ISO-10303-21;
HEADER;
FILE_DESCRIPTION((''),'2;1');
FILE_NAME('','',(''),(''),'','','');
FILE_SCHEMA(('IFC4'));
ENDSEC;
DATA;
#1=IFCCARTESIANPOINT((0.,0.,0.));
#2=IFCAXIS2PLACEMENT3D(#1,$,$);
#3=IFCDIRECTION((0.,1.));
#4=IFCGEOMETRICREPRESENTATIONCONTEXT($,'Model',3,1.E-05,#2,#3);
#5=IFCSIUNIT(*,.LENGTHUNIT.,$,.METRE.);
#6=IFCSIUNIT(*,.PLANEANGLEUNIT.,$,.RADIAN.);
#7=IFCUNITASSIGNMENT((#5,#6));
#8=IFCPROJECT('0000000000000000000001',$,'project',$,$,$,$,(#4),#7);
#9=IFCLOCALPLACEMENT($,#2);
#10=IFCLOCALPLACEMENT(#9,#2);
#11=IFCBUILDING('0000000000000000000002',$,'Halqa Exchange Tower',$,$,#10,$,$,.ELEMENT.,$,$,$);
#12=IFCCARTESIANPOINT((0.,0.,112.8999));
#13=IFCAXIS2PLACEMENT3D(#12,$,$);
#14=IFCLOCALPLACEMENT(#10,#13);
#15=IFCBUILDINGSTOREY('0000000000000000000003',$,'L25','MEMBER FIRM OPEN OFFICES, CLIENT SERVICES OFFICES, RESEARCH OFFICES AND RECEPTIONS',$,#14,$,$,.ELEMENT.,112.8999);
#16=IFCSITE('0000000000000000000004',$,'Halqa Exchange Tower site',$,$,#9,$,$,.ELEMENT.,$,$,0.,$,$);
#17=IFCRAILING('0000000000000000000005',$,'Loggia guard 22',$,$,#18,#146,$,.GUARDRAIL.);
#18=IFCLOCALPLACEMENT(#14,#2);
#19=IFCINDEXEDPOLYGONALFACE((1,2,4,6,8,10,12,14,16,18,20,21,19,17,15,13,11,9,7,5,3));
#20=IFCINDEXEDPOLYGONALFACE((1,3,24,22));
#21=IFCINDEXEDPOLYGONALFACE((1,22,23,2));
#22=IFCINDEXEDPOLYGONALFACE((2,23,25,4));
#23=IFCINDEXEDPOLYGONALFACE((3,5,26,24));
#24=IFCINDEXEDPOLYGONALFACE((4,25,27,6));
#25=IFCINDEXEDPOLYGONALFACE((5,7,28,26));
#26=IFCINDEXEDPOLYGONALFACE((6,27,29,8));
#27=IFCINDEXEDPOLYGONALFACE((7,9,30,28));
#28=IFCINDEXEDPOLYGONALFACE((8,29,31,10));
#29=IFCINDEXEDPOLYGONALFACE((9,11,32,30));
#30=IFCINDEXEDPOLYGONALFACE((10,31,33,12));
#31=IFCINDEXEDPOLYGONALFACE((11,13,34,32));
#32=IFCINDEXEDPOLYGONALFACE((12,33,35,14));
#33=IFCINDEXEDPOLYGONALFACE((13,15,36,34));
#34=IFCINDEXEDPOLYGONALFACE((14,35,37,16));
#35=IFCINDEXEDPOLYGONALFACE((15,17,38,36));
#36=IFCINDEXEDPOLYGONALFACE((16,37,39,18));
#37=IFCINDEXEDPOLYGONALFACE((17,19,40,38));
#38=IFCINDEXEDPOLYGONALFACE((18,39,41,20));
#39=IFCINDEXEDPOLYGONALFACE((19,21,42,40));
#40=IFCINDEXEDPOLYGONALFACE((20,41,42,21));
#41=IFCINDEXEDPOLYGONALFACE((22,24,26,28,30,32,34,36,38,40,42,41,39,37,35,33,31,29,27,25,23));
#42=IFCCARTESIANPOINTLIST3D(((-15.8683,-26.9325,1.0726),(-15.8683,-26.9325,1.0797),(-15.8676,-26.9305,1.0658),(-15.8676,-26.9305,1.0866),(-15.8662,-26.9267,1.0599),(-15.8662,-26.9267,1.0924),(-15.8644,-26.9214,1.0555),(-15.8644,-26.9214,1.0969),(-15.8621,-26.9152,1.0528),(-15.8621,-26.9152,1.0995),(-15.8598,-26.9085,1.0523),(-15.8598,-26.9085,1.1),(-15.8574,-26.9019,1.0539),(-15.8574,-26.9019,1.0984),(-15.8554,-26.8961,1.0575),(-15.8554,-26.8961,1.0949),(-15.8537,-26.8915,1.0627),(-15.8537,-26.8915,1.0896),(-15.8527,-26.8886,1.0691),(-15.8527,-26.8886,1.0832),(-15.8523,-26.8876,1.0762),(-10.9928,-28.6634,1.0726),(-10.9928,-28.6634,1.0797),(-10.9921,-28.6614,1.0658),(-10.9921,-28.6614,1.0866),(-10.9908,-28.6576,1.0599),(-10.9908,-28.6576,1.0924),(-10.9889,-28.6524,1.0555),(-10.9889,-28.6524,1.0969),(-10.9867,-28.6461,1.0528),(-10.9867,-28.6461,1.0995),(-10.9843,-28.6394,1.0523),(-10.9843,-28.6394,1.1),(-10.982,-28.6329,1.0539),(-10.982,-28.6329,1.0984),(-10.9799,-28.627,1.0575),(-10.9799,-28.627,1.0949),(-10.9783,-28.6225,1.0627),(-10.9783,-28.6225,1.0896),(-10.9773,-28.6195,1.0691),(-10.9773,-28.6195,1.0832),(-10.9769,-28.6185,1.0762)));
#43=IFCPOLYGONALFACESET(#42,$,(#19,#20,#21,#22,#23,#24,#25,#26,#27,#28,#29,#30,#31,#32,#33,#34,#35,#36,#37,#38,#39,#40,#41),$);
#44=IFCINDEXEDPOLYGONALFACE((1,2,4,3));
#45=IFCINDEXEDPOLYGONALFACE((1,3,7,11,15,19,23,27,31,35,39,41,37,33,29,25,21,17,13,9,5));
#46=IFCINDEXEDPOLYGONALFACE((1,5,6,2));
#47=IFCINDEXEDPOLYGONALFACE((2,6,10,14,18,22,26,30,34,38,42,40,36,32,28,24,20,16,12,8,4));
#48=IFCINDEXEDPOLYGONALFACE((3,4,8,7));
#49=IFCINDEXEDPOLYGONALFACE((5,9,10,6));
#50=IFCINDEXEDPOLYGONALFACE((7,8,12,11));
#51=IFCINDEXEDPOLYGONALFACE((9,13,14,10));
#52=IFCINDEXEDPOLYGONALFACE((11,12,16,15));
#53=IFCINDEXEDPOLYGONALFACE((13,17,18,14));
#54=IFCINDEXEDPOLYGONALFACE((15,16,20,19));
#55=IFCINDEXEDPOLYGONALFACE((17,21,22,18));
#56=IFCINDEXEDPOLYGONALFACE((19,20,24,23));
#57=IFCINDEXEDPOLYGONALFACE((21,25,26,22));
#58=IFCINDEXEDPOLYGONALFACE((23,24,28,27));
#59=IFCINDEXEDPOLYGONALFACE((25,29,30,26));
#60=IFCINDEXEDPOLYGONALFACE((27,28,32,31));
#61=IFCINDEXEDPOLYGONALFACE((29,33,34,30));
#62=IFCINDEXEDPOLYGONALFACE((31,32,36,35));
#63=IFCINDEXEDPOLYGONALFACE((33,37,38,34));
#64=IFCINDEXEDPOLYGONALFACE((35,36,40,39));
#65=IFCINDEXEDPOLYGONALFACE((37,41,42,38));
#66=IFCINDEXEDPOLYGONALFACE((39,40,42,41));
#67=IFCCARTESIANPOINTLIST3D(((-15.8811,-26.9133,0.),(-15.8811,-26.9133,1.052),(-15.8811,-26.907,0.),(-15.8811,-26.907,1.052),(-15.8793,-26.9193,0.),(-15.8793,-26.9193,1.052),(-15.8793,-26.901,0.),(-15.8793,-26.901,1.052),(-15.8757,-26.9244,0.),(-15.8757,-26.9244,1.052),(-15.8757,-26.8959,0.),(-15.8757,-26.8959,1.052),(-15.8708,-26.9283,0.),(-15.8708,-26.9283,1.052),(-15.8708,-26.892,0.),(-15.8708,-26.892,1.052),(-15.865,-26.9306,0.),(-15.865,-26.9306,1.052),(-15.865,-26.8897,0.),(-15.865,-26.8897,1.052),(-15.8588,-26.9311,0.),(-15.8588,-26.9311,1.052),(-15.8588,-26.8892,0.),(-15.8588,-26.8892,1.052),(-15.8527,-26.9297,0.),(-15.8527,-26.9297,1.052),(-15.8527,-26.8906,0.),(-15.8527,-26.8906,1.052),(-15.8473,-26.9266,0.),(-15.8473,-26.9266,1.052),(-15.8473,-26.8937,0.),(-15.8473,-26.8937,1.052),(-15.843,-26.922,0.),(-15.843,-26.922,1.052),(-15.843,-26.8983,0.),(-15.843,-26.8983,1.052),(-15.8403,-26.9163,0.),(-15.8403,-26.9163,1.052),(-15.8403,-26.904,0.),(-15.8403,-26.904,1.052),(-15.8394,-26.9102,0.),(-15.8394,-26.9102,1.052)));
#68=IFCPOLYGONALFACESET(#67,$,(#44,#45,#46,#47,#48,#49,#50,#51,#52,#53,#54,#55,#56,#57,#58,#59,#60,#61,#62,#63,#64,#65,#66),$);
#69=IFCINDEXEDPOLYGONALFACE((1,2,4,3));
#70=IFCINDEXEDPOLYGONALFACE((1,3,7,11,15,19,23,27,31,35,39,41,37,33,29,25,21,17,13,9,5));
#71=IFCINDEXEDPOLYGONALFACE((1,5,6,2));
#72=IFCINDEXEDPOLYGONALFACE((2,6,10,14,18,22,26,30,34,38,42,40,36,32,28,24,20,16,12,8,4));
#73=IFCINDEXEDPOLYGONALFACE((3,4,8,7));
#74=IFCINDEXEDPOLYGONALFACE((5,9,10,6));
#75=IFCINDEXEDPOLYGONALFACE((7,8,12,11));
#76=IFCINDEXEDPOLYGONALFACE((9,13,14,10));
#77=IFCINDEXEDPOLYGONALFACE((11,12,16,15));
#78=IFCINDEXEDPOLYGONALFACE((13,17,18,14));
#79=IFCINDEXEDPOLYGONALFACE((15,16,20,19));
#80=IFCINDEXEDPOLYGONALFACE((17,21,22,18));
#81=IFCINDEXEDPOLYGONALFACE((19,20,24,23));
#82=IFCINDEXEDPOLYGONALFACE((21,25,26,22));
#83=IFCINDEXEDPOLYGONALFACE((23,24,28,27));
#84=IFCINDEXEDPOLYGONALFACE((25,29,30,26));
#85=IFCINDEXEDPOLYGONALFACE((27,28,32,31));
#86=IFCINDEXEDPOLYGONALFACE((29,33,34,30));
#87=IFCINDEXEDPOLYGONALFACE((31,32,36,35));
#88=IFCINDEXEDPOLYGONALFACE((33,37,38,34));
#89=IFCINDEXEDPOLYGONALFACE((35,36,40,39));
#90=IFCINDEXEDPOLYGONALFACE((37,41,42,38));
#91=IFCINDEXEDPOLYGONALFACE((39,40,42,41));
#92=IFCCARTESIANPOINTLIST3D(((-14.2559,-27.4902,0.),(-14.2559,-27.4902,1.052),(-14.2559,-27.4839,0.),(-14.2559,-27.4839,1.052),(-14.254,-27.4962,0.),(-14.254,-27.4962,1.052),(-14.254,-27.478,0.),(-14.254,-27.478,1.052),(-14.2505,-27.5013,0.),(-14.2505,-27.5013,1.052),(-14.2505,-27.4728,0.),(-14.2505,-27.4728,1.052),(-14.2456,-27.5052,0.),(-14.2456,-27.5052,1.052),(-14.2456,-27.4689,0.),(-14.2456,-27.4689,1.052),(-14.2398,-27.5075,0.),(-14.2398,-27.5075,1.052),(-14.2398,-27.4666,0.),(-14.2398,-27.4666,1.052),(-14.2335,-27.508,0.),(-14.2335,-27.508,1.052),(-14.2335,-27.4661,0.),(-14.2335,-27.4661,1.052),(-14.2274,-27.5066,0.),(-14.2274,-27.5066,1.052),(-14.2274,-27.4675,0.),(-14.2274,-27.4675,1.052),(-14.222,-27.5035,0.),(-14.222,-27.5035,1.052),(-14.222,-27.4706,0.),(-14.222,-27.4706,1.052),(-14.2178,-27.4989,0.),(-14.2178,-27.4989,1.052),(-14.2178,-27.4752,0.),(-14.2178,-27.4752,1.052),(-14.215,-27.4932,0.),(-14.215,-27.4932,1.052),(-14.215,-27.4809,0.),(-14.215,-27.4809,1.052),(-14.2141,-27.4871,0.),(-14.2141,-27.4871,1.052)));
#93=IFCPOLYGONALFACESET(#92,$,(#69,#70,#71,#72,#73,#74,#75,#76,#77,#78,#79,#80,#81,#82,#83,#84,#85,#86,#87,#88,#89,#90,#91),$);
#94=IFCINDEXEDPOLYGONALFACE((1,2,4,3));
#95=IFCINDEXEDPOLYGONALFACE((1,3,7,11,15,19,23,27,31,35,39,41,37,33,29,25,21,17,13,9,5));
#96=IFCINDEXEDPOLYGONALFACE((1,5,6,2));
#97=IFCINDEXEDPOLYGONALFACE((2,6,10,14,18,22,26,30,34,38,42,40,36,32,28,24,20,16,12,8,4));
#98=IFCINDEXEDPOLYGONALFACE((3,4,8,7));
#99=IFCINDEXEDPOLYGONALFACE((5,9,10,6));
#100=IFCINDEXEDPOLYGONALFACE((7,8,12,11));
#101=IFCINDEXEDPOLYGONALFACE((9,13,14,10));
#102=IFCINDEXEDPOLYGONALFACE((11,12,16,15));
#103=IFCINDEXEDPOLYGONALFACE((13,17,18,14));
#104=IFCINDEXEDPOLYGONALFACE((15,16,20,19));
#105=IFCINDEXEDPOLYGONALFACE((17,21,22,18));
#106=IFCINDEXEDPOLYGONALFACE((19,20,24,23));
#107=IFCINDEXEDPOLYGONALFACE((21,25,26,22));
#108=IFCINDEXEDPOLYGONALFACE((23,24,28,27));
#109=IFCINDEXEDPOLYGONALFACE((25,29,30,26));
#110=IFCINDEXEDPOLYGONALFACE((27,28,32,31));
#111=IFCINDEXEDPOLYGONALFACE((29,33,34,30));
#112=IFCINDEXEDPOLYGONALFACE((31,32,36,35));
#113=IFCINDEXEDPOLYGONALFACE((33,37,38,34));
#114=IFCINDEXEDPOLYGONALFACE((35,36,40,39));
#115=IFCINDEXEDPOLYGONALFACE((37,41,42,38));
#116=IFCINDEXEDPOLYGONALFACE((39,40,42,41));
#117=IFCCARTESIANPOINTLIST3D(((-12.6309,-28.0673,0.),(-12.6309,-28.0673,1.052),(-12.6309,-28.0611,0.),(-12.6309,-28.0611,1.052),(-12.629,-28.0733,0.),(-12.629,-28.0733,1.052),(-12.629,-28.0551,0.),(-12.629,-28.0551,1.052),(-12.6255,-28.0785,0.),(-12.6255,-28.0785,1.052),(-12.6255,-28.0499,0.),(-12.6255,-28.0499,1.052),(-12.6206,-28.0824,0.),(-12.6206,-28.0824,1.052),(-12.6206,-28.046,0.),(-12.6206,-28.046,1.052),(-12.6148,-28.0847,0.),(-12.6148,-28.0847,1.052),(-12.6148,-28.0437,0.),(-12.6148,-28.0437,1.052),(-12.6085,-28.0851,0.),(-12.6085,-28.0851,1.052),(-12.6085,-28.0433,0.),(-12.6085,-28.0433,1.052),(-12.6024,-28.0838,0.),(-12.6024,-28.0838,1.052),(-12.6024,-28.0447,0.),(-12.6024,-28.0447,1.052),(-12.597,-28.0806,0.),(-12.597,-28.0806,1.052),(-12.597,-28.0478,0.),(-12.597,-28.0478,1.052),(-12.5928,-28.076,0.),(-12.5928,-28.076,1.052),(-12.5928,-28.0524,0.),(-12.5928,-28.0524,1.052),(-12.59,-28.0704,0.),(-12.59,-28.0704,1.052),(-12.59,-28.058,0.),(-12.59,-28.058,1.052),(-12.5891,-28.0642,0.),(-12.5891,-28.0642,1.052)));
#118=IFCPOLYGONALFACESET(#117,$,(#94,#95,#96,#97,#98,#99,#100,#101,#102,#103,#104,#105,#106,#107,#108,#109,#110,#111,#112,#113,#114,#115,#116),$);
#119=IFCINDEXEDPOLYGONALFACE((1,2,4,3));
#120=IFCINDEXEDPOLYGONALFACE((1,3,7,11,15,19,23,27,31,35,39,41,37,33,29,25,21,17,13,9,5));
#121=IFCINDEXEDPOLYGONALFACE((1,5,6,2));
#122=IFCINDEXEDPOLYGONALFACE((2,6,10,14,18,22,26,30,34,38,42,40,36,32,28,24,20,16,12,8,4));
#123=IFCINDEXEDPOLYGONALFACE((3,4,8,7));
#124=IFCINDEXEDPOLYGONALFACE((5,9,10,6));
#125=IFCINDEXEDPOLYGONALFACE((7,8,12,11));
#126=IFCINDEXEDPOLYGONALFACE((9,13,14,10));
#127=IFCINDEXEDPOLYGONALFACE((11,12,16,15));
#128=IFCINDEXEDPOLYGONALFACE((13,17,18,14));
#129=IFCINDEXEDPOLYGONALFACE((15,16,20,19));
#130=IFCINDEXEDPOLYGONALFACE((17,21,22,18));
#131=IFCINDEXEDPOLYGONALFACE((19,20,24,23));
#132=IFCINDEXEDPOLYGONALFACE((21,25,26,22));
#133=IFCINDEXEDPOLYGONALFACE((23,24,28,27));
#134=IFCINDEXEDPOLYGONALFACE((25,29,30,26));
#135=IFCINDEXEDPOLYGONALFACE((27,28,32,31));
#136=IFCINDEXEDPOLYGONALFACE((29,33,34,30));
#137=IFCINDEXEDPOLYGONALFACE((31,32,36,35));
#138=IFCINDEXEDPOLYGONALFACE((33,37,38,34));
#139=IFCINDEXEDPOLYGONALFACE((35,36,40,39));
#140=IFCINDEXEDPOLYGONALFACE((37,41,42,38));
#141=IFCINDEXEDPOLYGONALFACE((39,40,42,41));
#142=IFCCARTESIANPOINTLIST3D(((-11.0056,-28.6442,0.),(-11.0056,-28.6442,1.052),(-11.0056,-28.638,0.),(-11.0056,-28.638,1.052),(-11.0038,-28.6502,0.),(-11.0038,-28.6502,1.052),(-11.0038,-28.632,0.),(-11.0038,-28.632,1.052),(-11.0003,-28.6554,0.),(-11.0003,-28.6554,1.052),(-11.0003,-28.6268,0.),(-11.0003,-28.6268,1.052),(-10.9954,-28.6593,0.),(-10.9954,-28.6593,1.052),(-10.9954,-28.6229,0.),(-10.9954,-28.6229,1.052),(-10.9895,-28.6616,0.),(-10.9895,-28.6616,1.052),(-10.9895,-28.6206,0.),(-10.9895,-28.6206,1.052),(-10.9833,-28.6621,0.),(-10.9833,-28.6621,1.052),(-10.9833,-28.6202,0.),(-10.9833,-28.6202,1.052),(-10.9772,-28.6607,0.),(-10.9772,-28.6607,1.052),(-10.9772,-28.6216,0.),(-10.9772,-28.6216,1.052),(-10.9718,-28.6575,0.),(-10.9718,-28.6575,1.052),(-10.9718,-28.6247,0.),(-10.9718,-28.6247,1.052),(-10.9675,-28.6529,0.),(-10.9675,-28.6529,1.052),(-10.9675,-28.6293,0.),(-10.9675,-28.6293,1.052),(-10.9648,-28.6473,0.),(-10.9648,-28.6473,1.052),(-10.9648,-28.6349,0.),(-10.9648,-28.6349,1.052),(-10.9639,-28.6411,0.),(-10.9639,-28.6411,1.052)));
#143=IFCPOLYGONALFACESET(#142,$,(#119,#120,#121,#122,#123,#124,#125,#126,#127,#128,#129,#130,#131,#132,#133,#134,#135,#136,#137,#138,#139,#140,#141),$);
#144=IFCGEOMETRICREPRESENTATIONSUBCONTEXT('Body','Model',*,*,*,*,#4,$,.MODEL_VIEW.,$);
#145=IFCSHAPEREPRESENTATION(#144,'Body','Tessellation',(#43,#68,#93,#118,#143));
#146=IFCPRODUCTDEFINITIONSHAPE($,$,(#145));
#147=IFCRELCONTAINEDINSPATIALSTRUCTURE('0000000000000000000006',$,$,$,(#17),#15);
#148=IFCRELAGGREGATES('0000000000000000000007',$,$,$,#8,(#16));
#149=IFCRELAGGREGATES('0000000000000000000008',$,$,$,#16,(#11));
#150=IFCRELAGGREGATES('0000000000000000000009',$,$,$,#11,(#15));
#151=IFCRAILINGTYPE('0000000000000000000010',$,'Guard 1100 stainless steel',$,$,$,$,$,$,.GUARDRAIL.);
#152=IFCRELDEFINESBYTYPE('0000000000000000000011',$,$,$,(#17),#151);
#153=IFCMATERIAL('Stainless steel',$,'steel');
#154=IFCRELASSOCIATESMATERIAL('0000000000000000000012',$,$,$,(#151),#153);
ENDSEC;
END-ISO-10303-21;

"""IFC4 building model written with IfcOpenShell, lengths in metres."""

from ifc_helpers import new_model, si_unit, direction, frame, origin, origin_2d, place, context, subcontext, project, spatial, circle, extrude, material, type_object, element, save


model = new_model("IFC4")

# Units and contexts
model_context = context("Model", 3, precision=1e-05, world=origin(), true_north=direction((0.0, 1.0)))
body_context = subcontext(model_context, "Body", "Model", "MODEL_VIEW")
ifc_project = project(units=[si_unit("LENGTHUNIT", "METRE"), si_unit("PLANEANGLEUNIT", "RADIAN")], contexts=[model_context])

# Site, building, storey
site_placement = place(None, origin())
site = spatial("IfcSite", under=ifc_project, at=site_placement, Name="Halqa Exchange Tower site", CompositionType="ELEMENT", RefElevation=0.0)
building_placement = place(site_placement, origin())
building = spatial("IfcBuilding", under=site, at=building_placement, Name="Halqa Exchange Tower", CompositionType="ELEMENT")
storey_placement = place(building_placement, frame((0.0, 0.0, 112.8999)))
storey = spatial("IfcBuildingStorey", under=building, at=storey_placement, Name="L25", Description="MEMBER FIRM OPEN OFFICES, CLIENT SERVICES OFFICES, RESEARCH OFFICES AND RECEPTIONS", CompositionType="ELEMENT", Elevation=112.8999)

# Railing
ifc_material_1 = material(Name="Stainless steel", Category="steel")
railing_type = type_object("IfcRailingType", Name="Guard 1100 stainless steel", PredefinedType="GUARDRAIL", material=ifc_material_1)
railing_1_placement = place(storey_placement, frame((-15.8604, -26.9102, 0.0)))
element("IfcRailing", 1, at=railing_1_placement, inside=storey, type_object=railing_type, Name="Loggia guard 22", PredefinedType="GUARDRAIL", context=body_context, shape_type="SweptSolid", body=[
    extrude(circle(Radius=0.0239, at=origin_2d()), frame((0.0, 0.0, 1.0762), z_axis=(0.94237, -0.334572, 0.0), x_axis=(0.334572, 0.94237, 0.0)), (0.0, 0.0, 1.0), 5.1736),
    extrude(circle(Radius=0.021, at=origin_2d()), origin(), (0.0, 0.0, 1.0), 1.052),
    extrude(circle(Radius=0.021, at=origin_2d()), frame((1.6252, -0.5769, 0.0)), (0.0, 0.0, 1.0), 1.052),
    extrude(circle(Radius=0.021, at=origin_2d()), frame((3.2502, -1.1541, 0.0)), (0.0, 0.0, 1.0), 1.052),
    extrude(circle(Radius=0.021, at=origin_2d()), frame((4.8755, -1.731, 0.0)), (0.0, 0.0, 1.0), 1.052),
])

save(model, "model.ifc")
